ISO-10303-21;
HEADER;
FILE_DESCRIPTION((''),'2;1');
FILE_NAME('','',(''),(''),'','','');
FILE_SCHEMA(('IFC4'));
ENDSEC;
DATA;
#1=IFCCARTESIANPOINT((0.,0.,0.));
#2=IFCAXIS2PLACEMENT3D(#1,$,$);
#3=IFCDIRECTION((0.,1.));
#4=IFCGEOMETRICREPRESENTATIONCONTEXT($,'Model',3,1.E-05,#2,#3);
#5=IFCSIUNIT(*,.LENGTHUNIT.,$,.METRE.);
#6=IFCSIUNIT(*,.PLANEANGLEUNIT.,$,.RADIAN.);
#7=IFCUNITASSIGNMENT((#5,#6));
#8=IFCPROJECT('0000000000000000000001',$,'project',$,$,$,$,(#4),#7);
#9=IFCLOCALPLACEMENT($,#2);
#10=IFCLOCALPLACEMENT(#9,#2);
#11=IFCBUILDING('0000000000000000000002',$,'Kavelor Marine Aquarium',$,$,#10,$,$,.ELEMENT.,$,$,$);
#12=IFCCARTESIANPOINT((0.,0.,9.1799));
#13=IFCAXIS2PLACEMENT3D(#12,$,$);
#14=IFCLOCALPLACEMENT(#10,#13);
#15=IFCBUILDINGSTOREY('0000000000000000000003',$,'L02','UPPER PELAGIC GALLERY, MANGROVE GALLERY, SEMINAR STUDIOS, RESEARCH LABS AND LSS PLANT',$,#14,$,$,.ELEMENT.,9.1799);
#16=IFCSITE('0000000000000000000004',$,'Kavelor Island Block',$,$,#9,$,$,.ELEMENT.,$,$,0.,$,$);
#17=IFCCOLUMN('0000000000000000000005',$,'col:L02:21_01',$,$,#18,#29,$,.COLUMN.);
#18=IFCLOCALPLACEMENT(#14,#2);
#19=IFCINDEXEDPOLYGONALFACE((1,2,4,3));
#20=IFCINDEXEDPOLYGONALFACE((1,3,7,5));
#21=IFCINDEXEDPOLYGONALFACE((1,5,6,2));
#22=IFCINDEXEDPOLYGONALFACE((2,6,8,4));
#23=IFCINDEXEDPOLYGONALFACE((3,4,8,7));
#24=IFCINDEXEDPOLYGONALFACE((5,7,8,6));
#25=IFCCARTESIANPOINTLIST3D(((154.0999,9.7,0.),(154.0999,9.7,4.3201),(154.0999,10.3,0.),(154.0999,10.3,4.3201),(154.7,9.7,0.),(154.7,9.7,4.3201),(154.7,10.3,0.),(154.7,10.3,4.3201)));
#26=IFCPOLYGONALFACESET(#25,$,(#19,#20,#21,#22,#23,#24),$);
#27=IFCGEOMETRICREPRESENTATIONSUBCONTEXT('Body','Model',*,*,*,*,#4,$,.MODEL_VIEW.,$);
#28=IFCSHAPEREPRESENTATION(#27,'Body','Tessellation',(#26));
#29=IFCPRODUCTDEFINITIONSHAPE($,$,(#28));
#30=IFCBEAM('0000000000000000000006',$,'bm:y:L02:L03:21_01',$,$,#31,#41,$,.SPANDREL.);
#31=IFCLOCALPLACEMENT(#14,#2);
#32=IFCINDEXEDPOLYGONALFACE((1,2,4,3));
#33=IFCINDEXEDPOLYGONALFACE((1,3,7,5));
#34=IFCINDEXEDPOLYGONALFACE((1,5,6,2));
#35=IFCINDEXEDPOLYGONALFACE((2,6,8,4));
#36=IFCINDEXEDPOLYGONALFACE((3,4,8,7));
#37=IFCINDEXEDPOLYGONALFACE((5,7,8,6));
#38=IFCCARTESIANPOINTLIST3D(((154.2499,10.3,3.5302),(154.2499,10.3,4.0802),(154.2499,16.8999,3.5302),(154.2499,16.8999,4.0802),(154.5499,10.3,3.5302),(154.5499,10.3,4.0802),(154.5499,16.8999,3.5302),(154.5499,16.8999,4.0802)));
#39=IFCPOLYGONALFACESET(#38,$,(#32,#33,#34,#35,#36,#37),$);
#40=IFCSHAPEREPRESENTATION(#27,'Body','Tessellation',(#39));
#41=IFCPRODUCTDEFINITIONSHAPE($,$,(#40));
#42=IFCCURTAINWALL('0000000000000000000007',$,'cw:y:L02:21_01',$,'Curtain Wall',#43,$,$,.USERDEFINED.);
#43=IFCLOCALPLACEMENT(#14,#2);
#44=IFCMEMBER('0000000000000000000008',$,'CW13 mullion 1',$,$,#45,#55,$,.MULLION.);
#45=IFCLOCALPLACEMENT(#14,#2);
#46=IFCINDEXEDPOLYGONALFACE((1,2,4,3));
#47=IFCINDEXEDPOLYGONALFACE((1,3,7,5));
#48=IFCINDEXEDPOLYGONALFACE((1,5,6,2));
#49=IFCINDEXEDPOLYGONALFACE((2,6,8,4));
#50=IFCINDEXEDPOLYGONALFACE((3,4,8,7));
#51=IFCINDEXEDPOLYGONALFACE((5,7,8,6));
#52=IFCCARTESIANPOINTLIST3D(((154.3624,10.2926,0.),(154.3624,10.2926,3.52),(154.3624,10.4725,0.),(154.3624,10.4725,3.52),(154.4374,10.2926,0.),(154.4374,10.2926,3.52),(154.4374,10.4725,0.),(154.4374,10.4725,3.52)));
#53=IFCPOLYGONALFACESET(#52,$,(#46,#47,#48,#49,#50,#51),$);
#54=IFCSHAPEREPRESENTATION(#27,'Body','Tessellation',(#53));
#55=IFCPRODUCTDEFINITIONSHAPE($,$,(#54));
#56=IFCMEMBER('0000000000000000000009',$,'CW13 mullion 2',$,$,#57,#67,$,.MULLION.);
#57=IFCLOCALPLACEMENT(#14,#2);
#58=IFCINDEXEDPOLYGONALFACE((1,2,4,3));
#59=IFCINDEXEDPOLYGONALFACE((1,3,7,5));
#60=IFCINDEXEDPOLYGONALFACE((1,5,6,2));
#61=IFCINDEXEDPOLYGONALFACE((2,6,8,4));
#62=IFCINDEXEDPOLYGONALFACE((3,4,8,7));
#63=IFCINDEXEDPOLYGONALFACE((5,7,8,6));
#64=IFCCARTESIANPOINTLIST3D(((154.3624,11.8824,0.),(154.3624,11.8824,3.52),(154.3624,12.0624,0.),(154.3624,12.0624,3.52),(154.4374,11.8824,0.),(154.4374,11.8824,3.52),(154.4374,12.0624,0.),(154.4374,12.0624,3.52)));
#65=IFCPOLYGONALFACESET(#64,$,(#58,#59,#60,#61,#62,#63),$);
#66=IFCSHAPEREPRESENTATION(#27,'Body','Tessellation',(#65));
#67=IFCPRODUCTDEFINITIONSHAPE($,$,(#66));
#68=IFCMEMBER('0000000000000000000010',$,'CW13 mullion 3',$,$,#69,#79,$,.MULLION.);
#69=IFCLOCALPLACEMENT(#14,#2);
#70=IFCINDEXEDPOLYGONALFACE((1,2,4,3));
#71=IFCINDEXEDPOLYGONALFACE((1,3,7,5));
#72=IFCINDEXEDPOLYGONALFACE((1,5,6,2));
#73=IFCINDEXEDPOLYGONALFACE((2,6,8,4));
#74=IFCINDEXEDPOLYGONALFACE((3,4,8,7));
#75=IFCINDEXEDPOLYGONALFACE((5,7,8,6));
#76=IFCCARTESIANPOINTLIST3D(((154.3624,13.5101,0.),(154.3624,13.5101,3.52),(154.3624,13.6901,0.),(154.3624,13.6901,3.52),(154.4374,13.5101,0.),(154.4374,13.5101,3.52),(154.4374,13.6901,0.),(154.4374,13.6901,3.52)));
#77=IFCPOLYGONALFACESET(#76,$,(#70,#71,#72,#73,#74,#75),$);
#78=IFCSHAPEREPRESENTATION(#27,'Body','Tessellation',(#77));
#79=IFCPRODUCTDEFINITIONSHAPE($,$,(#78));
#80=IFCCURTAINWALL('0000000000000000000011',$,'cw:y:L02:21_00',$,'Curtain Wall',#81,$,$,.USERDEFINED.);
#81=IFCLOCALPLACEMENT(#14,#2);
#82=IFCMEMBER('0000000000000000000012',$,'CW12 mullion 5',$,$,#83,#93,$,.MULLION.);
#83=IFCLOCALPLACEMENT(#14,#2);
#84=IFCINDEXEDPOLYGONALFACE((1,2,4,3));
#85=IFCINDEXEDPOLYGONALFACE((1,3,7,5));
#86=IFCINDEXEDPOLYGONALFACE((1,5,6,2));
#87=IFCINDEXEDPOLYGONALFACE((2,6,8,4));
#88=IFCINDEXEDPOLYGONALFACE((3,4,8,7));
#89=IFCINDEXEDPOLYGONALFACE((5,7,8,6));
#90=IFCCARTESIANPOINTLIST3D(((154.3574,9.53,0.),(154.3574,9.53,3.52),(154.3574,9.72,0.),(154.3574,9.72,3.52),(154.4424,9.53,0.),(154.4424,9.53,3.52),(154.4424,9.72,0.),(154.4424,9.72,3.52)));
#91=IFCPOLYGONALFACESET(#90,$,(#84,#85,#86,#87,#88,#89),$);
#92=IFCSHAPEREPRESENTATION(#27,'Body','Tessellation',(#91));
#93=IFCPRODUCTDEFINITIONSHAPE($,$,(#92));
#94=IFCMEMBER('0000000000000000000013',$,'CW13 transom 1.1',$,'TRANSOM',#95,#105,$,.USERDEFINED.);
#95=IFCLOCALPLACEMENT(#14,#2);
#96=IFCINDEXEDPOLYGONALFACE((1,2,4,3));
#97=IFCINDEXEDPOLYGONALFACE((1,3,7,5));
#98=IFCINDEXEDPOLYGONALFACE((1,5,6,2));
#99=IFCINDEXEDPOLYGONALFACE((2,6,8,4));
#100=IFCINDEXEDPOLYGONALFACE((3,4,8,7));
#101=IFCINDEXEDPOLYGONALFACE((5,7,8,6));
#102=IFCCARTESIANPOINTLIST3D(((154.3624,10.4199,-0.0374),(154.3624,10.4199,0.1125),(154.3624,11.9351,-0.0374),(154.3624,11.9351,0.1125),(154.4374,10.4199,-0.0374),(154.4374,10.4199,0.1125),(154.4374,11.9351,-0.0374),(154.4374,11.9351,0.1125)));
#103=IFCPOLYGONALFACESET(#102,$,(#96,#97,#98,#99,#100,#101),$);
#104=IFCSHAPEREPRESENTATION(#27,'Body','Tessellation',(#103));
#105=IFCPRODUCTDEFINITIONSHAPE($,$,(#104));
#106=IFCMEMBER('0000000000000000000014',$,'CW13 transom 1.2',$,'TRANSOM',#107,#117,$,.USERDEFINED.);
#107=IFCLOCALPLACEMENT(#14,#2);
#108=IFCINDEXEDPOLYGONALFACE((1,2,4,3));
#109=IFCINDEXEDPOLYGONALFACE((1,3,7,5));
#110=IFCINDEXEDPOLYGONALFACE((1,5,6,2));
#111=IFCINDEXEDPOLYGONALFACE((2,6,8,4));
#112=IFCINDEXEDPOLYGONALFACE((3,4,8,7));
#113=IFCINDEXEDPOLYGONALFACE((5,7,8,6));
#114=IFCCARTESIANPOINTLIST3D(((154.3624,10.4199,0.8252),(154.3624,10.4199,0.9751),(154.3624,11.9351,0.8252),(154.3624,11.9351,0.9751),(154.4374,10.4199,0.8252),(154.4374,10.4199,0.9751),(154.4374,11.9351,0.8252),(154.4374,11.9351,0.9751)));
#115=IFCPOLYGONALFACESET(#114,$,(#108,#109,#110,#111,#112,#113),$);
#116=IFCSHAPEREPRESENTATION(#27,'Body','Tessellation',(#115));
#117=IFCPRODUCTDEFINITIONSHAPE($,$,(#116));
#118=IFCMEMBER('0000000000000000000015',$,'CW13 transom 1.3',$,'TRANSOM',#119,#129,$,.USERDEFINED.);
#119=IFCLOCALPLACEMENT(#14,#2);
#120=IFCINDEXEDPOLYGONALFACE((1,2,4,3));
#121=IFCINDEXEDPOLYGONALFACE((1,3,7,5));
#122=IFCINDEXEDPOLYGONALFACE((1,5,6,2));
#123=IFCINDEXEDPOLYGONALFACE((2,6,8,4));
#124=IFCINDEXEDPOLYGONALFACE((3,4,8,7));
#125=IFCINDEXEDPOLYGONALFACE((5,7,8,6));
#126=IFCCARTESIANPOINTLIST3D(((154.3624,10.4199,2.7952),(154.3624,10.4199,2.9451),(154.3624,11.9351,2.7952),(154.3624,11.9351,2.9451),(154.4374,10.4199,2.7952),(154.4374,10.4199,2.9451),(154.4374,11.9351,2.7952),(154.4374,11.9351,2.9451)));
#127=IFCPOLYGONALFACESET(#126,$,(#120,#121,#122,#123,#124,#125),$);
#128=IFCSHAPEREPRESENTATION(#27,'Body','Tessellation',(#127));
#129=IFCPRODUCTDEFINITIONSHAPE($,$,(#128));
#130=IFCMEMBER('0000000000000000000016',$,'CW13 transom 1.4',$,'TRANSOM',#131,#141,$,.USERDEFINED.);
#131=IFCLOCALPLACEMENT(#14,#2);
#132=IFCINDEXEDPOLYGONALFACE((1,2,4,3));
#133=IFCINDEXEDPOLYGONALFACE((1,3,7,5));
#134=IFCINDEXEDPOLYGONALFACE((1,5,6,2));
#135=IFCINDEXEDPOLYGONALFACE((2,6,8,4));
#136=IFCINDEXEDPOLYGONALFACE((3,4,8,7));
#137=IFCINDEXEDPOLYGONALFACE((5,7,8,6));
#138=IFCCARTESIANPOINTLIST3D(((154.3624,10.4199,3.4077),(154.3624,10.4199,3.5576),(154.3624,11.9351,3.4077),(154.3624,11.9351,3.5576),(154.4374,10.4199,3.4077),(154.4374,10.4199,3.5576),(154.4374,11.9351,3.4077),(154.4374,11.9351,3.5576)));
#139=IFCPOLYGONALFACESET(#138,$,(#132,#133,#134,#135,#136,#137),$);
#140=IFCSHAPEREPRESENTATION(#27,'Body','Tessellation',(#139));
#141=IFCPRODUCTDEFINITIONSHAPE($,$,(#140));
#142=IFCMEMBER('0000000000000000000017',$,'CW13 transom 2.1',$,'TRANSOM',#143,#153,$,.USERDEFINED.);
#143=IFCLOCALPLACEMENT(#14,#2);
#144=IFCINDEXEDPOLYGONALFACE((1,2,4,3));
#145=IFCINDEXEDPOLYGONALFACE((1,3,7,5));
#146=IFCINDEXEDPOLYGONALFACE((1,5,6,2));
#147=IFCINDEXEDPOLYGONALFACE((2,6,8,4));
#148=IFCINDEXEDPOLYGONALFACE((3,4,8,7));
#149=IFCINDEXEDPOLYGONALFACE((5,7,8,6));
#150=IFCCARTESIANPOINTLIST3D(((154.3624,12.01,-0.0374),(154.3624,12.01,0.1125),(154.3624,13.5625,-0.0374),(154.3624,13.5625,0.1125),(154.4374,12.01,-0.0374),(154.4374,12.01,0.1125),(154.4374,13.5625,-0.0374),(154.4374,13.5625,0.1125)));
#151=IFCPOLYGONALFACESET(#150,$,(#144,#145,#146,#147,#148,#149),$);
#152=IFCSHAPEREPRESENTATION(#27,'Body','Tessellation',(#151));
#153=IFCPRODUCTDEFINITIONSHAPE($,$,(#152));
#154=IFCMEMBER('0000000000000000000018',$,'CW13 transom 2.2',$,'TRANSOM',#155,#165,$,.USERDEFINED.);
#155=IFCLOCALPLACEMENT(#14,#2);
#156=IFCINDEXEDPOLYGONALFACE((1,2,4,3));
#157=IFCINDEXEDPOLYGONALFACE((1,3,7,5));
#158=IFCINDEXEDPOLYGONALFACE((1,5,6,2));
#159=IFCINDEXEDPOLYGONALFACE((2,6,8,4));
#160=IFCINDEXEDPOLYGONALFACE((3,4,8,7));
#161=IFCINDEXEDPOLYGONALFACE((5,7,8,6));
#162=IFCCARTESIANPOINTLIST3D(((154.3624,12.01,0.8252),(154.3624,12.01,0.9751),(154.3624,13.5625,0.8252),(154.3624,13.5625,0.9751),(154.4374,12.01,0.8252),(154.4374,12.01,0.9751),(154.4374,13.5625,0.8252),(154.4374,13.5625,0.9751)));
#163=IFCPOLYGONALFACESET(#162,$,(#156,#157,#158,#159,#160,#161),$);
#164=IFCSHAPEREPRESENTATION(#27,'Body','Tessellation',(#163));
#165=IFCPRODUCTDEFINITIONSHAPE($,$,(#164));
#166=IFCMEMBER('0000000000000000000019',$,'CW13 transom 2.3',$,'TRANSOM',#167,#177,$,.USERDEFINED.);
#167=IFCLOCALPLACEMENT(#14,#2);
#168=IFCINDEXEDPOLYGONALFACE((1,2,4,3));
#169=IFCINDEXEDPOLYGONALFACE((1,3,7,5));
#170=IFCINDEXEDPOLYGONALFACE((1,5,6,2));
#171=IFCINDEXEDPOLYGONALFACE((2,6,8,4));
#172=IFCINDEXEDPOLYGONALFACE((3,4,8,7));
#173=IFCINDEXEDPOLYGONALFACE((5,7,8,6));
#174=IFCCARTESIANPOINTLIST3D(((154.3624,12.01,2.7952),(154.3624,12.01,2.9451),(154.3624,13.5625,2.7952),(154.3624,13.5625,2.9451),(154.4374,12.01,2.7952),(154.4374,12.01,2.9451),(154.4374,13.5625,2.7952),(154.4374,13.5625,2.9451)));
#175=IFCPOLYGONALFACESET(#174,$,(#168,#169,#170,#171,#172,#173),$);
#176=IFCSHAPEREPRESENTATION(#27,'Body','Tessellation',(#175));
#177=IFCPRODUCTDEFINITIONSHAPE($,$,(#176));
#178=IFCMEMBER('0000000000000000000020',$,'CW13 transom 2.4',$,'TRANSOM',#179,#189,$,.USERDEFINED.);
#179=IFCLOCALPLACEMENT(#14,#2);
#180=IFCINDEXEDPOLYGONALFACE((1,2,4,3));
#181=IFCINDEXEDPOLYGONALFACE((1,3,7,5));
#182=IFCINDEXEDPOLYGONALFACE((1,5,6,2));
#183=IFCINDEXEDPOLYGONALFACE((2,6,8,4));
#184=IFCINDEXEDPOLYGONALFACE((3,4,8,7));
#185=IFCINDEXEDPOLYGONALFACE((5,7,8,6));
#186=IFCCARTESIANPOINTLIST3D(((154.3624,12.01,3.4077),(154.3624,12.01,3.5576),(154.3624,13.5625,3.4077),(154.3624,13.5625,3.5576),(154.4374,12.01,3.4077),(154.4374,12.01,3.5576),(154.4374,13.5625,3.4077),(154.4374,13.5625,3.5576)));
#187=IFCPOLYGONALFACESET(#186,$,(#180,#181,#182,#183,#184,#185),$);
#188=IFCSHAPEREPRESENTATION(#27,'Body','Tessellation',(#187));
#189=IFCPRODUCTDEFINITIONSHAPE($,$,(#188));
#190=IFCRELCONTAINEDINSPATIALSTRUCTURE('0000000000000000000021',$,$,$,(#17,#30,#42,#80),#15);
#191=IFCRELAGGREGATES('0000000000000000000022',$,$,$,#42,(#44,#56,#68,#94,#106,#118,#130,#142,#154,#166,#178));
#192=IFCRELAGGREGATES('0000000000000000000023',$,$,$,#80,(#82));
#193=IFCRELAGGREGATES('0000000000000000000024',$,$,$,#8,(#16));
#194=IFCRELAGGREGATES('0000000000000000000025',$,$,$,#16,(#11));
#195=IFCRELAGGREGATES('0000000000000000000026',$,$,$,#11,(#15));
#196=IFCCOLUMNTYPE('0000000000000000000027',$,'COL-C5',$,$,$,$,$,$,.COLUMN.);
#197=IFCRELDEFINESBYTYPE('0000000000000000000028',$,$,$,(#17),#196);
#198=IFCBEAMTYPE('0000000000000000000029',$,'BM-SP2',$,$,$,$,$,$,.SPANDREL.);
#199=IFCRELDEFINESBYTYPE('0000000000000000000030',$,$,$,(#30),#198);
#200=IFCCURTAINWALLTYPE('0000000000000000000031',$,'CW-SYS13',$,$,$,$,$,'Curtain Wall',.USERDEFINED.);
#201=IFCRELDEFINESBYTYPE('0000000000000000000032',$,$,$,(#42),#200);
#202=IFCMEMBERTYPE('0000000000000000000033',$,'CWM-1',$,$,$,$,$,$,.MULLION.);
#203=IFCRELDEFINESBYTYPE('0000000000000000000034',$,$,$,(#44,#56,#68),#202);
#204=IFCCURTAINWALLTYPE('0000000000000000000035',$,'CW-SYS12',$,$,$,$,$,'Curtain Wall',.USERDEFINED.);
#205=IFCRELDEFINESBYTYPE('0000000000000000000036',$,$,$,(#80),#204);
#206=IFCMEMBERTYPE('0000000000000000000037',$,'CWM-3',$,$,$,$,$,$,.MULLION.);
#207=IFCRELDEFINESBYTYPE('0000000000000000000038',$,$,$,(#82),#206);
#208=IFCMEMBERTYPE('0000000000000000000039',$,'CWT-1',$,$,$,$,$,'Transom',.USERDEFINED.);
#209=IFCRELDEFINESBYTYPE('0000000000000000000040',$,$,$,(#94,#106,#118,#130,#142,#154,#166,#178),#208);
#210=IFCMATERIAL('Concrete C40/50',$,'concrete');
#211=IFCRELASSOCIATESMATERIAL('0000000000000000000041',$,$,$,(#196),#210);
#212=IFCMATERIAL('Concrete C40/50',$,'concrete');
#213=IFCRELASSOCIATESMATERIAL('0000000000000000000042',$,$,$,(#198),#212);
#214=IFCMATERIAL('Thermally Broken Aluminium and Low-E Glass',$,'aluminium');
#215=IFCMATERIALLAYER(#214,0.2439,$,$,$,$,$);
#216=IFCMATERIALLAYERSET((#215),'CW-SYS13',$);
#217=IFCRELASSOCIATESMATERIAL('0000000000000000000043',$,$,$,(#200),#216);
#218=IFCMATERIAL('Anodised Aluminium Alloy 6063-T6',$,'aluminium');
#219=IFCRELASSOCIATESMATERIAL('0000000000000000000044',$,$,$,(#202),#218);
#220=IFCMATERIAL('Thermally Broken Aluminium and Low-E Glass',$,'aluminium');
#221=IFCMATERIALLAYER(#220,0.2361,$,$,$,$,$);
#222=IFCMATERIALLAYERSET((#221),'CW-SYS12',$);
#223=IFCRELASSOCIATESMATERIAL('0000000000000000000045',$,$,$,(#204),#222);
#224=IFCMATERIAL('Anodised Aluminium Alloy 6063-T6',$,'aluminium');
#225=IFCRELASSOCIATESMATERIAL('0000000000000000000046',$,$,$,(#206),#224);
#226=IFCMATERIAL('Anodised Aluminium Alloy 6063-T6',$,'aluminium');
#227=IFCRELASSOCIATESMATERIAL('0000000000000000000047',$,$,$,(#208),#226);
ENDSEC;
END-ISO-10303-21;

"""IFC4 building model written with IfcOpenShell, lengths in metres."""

from ifc_helpers import new_model, si_unit, direction, frame, origin, origin_2d, place, context, subcontext, project, spatial, rectangle, extrude, material, layer, layer_set, material_profile, profile_set, type_object, element, aggregate, save


model = new_model("IFC4")

# Units and contexts
model_context = context("Model", 3, precision=1e-05, world=origin(), true_north=direction((0.0, 1.0)))
body_context = subcontext(model_context, "Body", "Model", "MODEL_VIEW")
ifc_project = project(units=[si_unit("LENGTHUNIT", "METRE"), si_unit("PLANEANGLEUNIT", "RADIAN")], contexts=[model_context])

# Site, building, storey
site_placement = place(None, origin())
site = spatial("IfcSite", under=ifc_project, at=site_placement, Name="Kavelor Island Block", CompositionType="ELEMENT", RefElevation=0.0)
building_placement = place(site_placement, origin())
building = spatial("IfcBuilding", under=site, at=building_placement, Name="Kavelor Marine Aquarium", CompositionType="ELEMENT")
storey_placement = place(building_placement, frame((0.0, 0.0, 9.1799)))
storey = spatial("IfcBuildingStorey", under=building, at=storey_placement, Name="L02", Description="UPPER PELAGIC GALLERY, MANGROVE GALLERY, SEMINAR STUDIOS, RESEARCH LABS AND LSS PLANT", CompositionType="ELEMENT", Elevation=9.1799)

# Column
ifc_material_1 = material(Name="Concrete C40/50", Category="concrete")
ifc_material_profile_1 = material_profile(ifc_material_1, rectangle(XDim=0.6001, YDim=0.6001, at=origin_2d()), Name="RC-COL 600x600")
ifc_profile_set_1 = profile_set([ifc_material_profile_1], Name="Concrete C40/50")
column_type = type_object("IfcColumnType", Name="COL-C5", PredefinedType="COLUMN", material=ifc_profile_set_1)
column_placement = place(storey_placement, frame((154.3999, 10.0, 0.0), z_axis=(0.0, 0.0, 1.0), x_axis=(1.0, 0.0, 0.0)))
element("IfcColumn", 1, at=column_placement, inside=storey, type_object=column_type, Name="col:L02:21_01", PredefinedType="COLUMN", context=body_context, shape_type="SweptSolid", body=[
    extrude(rectangle(XDim=0.6001, YDim=0.6001, at=origin_2d()), origin(), (0.0, 0.0, 1.0), 4.3201),
])

# Beam
ifc_material_2 = material(Name="Concrete C40/50", Category="concrete")
ifc_material_profile_2 = material_profile(ifc_material_2, rectangle(XDim=0.3, YDim=0.55, at=origin_2d()), Name="RC-SP 300x550")
ifc_profile_set_2 = profile_set([ifc_material_profile_2], Name="Concrete C40/50")
beam_type = type_object("IfcBeamType", Name="BM-SP2", PredefinedType="SPANDREL", material=ifc_profile_set_2)
beam_placement = place(storey_placement, frame((154.3999, 10.3, 3.8052), z_axis=(0.0, 1.0, 0.0), x_axis=(-1.0, 0.0, 0.0)))
element("IfcBeam", 2, at=beam_placement, inside=storey, type_object=beam_type, Name="bm:y:L02:L03:21_01", PredefinedType="SPANDREL", context=body_context, shape_type="SweptSolid", body=[
    extrude(rectangle(XDim=0.3, YDim=0.55, at=origin_2d()), origin(), (0.0, 0.0, 1.0), 6.5999),
])

# Curtain wall, members
ifc_material_3 = material(Name="Thermally Broken Aluminium and Low-E Glass", Category="aluminium")
ifc_layer_1 = layer(ifc_material_3, 0.2439)
ifc_layer_set_1 = layer_set([ifc_layer_1], Name="CW-SYS13")
curtain_wall_type_1 = type_object("IfcCurtainWallType", Name="CW-SYS13", ElementType="Curtain Wall", PredefinedType="USERDEFINED", material=ifc_layer_set_1)
curtain_wall_1_placement = place(storey_placement, origin())
curtain_wall_1 = element("IfcCurtainWall", 3, at=curtain_wall_1_placement, inside=storey, type_object=curtain_wall_type_1, Name="cw:y:L02:21_01", ObjectType="Curtain Wall", PredefinedType="USERDEFINED")
ifc_material_4 = material(Name="Anodised Aluminium Alloy 6063-T6", Category="aluminium")
ifc_material_profile_3 = material_profile(ifc_material_4, rectangle(XDim=0.075, YDim=0.1799, at=origin_2d()), Name="CW-MUL 75x180")
ifc_profile_set_3 = profile_set([ifc_material_profile_3], Name="Anodised Aluminium Alloy 6063-T6")
member_type_1 = type_object("IfcMemberType", Name="CWM-1", PredefinedType="MULLION", material=ifc_profile_set_3)
member_1_placement = place(storey_placement, frame((154.3999, 10.3826, 0.0), z_axis=(0.0, 0.0, 1.0), x_axis=(-1.0, 0.0, 0.0)))
member_1 = element("IfcMember", 4, at=member_1_placement, type_object=member_type_1, Name="CW13 mullion 1", PredefinedType="MULLION", context=body_context, shape_type="SweptSolid", body=[
    extrude(rectangle(XDim=0.075, YDim=0.1799, at=origin_2d()), origin(), (0.0, 0.0, 1.0), 3.52),
])
member_2_placement = place(storey_placement, frame((154.3999, 11.9724, 0.0), z_axis=(0.0, 0.0, 1.0), x_axis=(-1.0, 0.0, 0.0)))
member_2 = element("IfcMember", 5, at=member_2_placement, type_object=member_type_1, Name="CW13 mullion 2", PredefinedType="MULLION", context=body_context, shape_type="SweptSolid", body=[
    extrude(rectangle(XDim=0.075, YDim=0.1799, at=origin_2d()), origin(), (0.0, 0.0, 1.0), 3.52),
])
member_3_placement = place(storey_placement, frame((154.3999, 13.6001, 0.0), z_axis=(0.0, 0.0, 1.0), x_axis=(-1.0, 0.0, 0.0)))
member_3 = element("IfcMember", 6, at=member_3_placement, type_object=member_type_1, Name="CW13 mullion 3", PredefinedType="MULLION", context=body_context, shape_type="SweptSolid", body=[
    extrude(rectangle(XDim=0.075, YDim=0.1799, at=origin_2d()), origin(), (0.0, 0.0, 1.0), 3.52),
])

# Curtain wall, member
ifc_material_5 = material(Name="Thermally Broken Aluminium and Low-E Glass", Category="aluminium")
ifc_layer_2 = layer(ifc_material_5, 0.2361)
ifc_layer_set_2 = layer_set([ifc_layer_2], Name="CW-SYS12")
curtain_wall_type_2 = type_object("IfcCurtainWallType", Name="CW-SYS12", ElementType="Curtain Wall", PredefinedType="USERDEFINED", material=ifc_layer_set_2)
curtain_wall_2_placement = place(storey_placement, origin())
curtain_wall_2 = element("IfcCurtainWall", 7, at=curtain_wall_2_placement, inside=storey, type_object=curtain_wall_type_2, Name="cw:y:L02:21_00", ObjectType="Curtain Wall", PredefinedType="USERDEFINED")
ifc_material_6 = material(Name="Anodised Aluminium Alloy 6063-T6", Category="aluminium")
ifc_material_profile_4 = material_profile(ifc_material_6, rectangle(XDim=0.085, YDim=0.1899, at=origin_2d()), Name="CW-MUL 85x190")
ifc_profile_set_4 = profile_set([ifc_material_profile_4], Name="Anodised Aluminium Alloy 6063-T6")
member_type_2 = type_object("IfcMemberType", Name="CWM-3", PredefinedType="MULLION", material=ifc_profile_set_4)
member_4_placement = place(storey_placement, frame((154.3999, 9.625, 0.0), z_axis=(0.0, 0.0, 1.0), x_axis=(-1.0, 0.0, 0.0)))
member_4 = element("IfcMember", 8, at=member_4_placement, type_object=member_type_2, Name="CW12 mullion 5", PredefinedType="MULLION", context=body_context, shape_type="SweptSolid", body=[
    extrude(rectangle(XDim=0.085, YDim=0.1899, at=origin_2d()), origin(), (0.0, 0.0, 1.0), 3.52),
])

# Members
ifc_material_7 = material(Name="Anodised Aluminium Alloy 6063-T6", Category="aluminium")
ifc_material_profile_5 = material_profile(ifc_material_7, rectangle(XDim=0.075, YDim=0.1499, at=origin_2d()), Name="CW-TRN 75x150")
ifc_profile_set_5 = profile_set([ifc_material_profile_5], Name="Anodised Aluminium Alloy 6063-T6")
member_type_3 = type_object("IfcMemberType", Name="CWT-1", ElementType="Transom", PredefinedType="USERDEFINED", material=ifc_profile_set_5)
member_5_placement = place(storey_placement, frame((154.3999, 10.4199, 0.0376), z_axis=(0.0, 1.0, 0.0), x_axis=(-1.0, 0.0, 0.0)))
member_5 = element("IfcMember", 9, at=member_5_placement, type_object=member_type_3, Name="CW13 transom 1.1", ObjectType="TRANSOM", PredefinedType="USERDEFINED", context=body_context, shape_type="SweptSolid", body=[
    extrude(rectangle(XDim=0.075, YDim=0.1499, at=origin_2d()), origin(), (0.0, 0.0, 1.0), 1.5151),
])
member_6_placement = place(storey_placement, frame((154.3999, 10.4199, 0.9001), z_axis=(0.0, 1.0, 0.0), x_axis=(-1.0, 0.0, 0.0)))
member_6 = element("IfcMember", 10, at=member_6_placement, type_object=member_type_3, Name="CW13 transom 1.2", ObjectType="TRANSOM", PredefinedType="USERDEFINED", context=body_context, shape_type="SweptSolid", body=[
    extrude(rectangle(XDim=0.075, YDim=0.1499, at=origin_2d()), origin(), (0.0, 0.0, 1.0), 1.5151),
])
member_7_placement = place(storey_placement, frame((154.3999, 10.4199, 2.8701), z_axis=(0.0, 1.0, 0.0), x_axis=(-1.0, 0.0, 0.0)))
member_7 = element("IfcMember", 11, at=member_7_placement, type_object=member_type_3, Name="CW13 transom 1.3", ObjectType="TRANSOM", PredefinedType="USERDEFINED", context=body_context, shape_type="SweptSolid", body=[
    extrude(rectangle(XDim=0.075, YDim=0.1499, at=origin_2d()), origin(), (0.0, 0.0, 1.0), 1.5151),
])
member_8_placement = place(storey_placement, frame((154.3999, 10.4199, 3.4827), z_axis=(0.0, 1.0, 0.0), x_axis=(-1.0, 0.0, 0.0)))
member_8 = element("IfcMember", 12, at=member_8_placement, type_object=member_type_3, Name="CW13 transom 1.4", ObjectType="TRANSOM", PredefinedType="USERDEFINED", context=body_context, shape_type="SweptSolid", body=[
    extrude(rectangle(XDim=0.075, YDim=0.1499, at=origin_2d()), origin(), (0.0, 0.0, 1.0), 1.5151),
])
member_9_placement = place(storey_placement, frame((154.3999, 12.01, 0.0376), z_axis=(0.0, 1.0, 0.0), x_axis=(-1.0, 0.0, 0.0)))
member_9 = element("IfcMember", 13, at=member_9_placement, type_object=member_type_3, Name="CW13 transom 2.1", ObjectType="TRANSOM", PredefinedType="USERDEFINED", context=body_context, shape_type="SweptSolid", body=[
    extrude(rectangle(XDim=0.075, YDim=0.1499, at=origin_2d()), origin(), (0.0, 0.0, 1.0), 1.5525),
])
member_10_placement = place(storey_placement, frame((154.3999, 12.01, 0.9001), z_axis=(0.0, 1.0, 0.0), x_axis=(-1.0, 0.0, 0.0)))
member_10 = element("IfcMember", 14, at=member_10_placement, type_object=member_type_3, Name="CW13 transom 2.2", ObjectType="TRANSOM", PredefinedType="USERDEFINED", context=body_context, shape_type="SweptSolid", body=[
    extrude(rectangle(XDim=0.075, YDim=0.1499, at=origin_2d()), origin(), (0.0, 0.0, 1.0), 1.5525),
])
member_11_placement = place(storey_placement, frame((154.3999, 12.01, 2.8701), z_axis=(0.0, 1.0, 0.0), x_axis=(-1.0, 0.0, 0.0)))
member_11 = element("IfcMember", 15, at=member_11_placement, type_object=member_type_3, Name="CW13 transom 2.3", ObjectType="TRANSOM", PredefinedType="USERDEFINED", context=body_context, shape_type="SweptSolid", body=[
    extrude(rectangle(XDim=0.075, YDim=0.1499, at=origin_2d()), origin(), (0.0, 0.0, 1.0), 1.5525),
])
member_12_placement = place(storey_placement, frame((154.3999, 12.01, 3.4827), z_axis=(0.0, 1.0, 0.0), x_axis=(-1.0, 0.0, 0.0)))
member_12 = element("IfcMember", 16, at=member_12_placement, type_object=member_type_3, Name="CW13 transom 2.4", ObjectType="TRANSOM", PredefinedType="USERDEFINED", context=body_context, shape_type="SweptSolid", body=[
    extrude(rectangle(XDim=0.075, YDim=0.1499, at=origin_2d()), origin(), (0.0, 0.0, 1.0), 1.5525),
])

aggregate(curtain_wall_1, [member_1, member_2, member_3, member_5, member_6, member_7, member_8, member_9, member_10, member_11, member_12])
aggregate(curtain_wall_2, [member_4])

save(model, "model.ifc")
